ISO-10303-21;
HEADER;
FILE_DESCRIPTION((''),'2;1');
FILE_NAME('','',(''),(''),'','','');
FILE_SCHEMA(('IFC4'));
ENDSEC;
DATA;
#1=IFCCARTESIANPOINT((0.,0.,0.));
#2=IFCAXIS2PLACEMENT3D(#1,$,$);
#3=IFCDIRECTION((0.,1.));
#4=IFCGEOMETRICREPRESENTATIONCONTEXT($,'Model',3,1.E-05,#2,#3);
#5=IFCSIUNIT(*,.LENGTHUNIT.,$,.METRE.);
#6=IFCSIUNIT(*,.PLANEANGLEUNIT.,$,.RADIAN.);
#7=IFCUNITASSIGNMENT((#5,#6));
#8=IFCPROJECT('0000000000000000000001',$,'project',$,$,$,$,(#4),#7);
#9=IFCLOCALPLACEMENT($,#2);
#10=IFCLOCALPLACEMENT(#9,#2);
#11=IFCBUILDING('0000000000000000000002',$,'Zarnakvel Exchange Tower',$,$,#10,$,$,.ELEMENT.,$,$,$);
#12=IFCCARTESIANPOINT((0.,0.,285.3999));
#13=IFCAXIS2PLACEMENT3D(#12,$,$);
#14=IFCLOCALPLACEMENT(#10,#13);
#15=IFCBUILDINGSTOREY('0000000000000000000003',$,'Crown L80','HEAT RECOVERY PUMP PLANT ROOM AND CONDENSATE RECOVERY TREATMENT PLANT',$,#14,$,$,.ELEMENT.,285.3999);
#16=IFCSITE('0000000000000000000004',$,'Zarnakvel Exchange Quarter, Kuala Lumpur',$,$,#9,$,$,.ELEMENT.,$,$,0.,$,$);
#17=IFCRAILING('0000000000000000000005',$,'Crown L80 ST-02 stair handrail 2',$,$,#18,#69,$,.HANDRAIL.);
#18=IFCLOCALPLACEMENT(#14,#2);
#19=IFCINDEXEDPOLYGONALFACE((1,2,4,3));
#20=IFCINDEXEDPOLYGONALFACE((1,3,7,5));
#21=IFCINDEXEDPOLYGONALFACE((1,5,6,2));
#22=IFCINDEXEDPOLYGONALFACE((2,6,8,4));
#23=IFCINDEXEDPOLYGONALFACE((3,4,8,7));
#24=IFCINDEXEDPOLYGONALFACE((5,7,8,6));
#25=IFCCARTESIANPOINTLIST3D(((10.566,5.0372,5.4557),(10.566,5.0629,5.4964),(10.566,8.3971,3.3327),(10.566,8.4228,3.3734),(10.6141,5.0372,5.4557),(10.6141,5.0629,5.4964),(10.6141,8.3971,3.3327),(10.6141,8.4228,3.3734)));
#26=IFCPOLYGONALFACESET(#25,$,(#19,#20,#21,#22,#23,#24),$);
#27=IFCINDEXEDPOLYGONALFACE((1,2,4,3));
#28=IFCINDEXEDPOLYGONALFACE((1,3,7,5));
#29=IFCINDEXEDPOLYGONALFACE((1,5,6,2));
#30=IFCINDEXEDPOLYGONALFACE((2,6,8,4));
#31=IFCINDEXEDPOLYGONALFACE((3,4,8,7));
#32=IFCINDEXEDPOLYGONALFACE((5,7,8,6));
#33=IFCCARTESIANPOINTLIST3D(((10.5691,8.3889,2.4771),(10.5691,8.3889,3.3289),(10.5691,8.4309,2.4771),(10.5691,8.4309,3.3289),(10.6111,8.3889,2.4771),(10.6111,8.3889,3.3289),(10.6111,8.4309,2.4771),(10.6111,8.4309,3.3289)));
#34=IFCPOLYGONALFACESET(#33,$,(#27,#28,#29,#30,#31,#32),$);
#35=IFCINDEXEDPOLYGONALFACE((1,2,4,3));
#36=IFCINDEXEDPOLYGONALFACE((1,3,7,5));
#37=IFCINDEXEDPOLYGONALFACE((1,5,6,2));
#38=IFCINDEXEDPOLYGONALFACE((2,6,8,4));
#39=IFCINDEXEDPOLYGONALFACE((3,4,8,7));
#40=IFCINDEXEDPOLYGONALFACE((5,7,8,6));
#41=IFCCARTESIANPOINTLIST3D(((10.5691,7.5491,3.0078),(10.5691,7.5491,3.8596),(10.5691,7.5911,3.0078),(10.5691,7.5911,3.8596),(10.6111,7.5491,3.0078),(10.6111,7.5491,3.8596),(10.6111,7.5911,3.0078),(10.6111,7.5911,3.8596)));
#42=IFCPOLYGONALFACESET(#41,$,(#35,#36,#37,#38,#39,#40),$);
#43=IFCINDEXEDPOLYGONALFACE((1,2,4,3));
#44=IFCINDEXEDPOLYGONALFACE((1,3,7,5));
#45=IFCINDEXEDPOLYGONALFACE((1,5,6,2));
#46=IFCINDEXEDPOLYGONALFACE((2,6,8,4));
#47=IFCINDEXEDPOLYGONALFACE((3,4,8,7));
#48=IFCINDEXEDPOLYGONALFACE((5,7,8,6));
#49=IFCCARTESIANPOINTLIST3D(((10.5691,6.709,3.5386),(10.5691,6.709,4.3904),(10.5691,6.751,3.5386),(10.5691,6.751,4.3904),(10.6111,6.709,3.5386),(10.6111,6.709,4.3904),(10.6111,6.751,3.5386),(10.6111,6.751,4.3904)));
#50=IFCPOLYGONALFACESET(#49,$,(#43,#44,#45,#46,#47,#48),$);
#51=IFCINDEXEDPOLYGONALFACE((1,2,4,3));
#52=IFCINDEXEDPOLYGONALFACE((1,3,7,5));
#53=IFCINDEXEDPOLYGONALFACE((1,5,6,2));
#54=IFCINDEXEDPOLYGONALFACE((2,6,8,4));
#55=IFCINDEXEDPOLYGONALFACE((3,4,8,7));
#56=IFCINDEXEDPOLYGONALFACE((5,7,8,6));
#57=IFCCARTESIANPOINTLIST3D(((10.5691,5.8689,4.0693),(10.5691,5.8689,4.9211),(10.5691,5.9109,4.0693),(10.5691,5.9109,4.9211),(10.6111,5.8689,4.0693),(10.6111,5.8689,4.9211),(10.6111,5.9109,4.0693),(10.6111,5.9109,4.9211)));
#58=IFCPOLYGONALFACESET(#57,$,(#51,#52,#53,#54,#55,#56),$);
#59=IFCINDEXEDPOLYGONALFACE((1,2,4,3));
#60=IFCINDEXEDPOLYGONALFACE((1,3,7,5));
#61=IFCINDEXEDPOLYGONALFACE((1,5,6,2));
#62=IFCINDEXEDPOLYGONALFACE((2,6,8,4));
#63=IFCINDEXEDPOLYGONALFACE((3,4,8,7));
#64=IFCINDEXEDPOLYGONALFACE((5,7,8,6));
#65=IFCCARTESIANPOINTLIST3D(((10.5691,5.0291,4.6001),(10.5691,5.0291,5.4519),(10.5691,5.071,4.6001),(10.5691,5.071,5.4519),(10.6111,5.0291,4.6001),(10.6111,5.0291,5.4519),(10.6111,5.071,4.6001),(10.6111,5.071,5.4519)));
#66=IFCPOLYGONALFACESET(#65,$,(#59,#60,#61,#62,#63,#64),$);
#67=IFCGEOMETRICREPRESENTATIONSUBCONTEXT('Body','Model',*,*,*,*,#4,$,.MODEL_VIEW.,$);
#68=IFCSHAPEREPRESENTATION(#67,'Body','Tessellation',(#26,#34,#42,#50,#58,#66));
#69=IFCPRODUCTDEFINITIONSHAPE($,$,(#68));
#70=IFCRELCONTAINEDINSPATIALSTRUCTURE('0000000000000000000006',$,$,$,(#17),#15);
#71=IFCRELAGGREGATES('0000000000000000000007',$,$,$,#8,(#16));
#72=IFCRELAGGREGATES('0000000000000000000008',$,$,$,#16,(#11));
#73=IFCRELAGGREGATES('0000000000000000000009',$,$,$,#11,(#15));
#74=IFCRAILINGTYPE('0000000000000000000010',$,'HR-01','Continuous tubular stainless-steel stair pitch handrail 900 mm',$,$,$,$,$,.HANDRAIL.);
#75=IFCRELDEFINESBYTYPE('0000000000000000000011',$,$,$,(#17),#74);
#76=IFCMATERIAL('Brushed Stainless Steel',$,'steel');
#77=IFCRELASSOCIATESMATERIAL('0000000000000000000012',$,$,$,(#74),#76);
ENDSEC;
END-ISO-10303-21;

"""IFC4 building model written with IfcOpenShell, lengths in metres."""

from ifc_helpers import new_model, si_unit, direction, frame, origin, origin_2d, place, context, subcontext, project, spatial, rectangle, extrude, material, type_object, element, save


model = new_model("IFC4")

# Units and contexts
model_context = context("Model", 3, precision=1e-05, world=origin(), true_north=direction((0.0, 1.0)))
body_context = subcontext(model_context, "Body", "Model", "MODEL_VIEW")
ifc_project = project(units=[si_unit("LENGTHUNIT", "METRE"), si_unit("PLANEANGLEUNIT", "RADIAN")], contexts=[model_context])

# Site, building, storey
site_placement = place(None, origin())
site = spatial("IfcSite", under=ifc_project, at=site_placement, Name="Zarnakvel Exchange Quarter, Kuala Lumpur", CompositionType="ELEMENT", RefElevation=0.0)
building_placement = place(site_placement, origin())
building = spatial("IfcBuilding", under=site, at=building_placement, Name="Zarnakvel Exchange Tower", CompositionType="ELEMENT")
storey_placement = place(building_placement, frame((0.0, 0.0, 285.3999)))
storey = spatial("IfcBuildingStorey", under=building, at=storey_placement, Name="Crown L80", Description="HEAT RECOVERY PUMP PLANT ROOM AND CONDENSATE RECOVERY TREATMENT PLANT", CompositionType="ELEMENT", Elevation=285.3999)

# Shared definitions
ifc_material_1 = material(Name="Brushed Stainless Steel", Category="steel")

# Railing
railing_type = type_object("IfcRailingType", Name="HR-01", Description="Continuous tubular stainless-steel stair pitch handrail 900 mm", PredefinedType="HANDRAIL", material=ifc_material_1)
railing_placement = place(storey_placement, frame((10.5901, 8.4099, 2.4771)))
element("IfcRailing", 1, at=railing_placement, inside=storey, type_object=railing_type, Name="Crown L80 ST-02 stair handrail 2", PredefinedType="HANDRAIL", context=body_context, shape_type="SweptSolid", body=[
    extrude(rectangle(XDim=0.0481, YDim=0.0481, at=origin_2d()), frame((0.0, 0.0, 0.876), z_axis=(0.0, -0.845372, 0.534178), x_axis=(1.0, 0.0, 0.0)), (0.0, 0.0, 1.0), 3.9744),
    extrude(rectangle(XDim=0.042, YDim=0.042, at=origin_2d()), origin(), (0.0, 0.0, 1.0), 0.8518),
    extrude(rectangle(XDim=0.042, YDim=0.042, at=origin_2d()), frame((0.0, -0.8398, 0.5308)), (0.0, 0.0, 1.0), 0.8518),
    extrude(rectangle(XDim=0.042, YDim=0.042, at=origin_2d()), frame((0.0, -1.6799, 1.0615)), (0.0, 0.0, 1.0), 0.8518),
    extrude(rectangle(XDim=0.042, YDim=0.042, at=origin_2d()), frame((0.0, -2.52, 1.5923)), (0.0, 0.0, 1.0), 0.8518),
    extrude(rectangle(XDim=0.042, YDim=0.042, at=origin_2d()), frame((0.0, -3.3599, 2.123)), (0.0, 0.0, 1.0), 0.8518),
])

save(model, "model.ifc")
